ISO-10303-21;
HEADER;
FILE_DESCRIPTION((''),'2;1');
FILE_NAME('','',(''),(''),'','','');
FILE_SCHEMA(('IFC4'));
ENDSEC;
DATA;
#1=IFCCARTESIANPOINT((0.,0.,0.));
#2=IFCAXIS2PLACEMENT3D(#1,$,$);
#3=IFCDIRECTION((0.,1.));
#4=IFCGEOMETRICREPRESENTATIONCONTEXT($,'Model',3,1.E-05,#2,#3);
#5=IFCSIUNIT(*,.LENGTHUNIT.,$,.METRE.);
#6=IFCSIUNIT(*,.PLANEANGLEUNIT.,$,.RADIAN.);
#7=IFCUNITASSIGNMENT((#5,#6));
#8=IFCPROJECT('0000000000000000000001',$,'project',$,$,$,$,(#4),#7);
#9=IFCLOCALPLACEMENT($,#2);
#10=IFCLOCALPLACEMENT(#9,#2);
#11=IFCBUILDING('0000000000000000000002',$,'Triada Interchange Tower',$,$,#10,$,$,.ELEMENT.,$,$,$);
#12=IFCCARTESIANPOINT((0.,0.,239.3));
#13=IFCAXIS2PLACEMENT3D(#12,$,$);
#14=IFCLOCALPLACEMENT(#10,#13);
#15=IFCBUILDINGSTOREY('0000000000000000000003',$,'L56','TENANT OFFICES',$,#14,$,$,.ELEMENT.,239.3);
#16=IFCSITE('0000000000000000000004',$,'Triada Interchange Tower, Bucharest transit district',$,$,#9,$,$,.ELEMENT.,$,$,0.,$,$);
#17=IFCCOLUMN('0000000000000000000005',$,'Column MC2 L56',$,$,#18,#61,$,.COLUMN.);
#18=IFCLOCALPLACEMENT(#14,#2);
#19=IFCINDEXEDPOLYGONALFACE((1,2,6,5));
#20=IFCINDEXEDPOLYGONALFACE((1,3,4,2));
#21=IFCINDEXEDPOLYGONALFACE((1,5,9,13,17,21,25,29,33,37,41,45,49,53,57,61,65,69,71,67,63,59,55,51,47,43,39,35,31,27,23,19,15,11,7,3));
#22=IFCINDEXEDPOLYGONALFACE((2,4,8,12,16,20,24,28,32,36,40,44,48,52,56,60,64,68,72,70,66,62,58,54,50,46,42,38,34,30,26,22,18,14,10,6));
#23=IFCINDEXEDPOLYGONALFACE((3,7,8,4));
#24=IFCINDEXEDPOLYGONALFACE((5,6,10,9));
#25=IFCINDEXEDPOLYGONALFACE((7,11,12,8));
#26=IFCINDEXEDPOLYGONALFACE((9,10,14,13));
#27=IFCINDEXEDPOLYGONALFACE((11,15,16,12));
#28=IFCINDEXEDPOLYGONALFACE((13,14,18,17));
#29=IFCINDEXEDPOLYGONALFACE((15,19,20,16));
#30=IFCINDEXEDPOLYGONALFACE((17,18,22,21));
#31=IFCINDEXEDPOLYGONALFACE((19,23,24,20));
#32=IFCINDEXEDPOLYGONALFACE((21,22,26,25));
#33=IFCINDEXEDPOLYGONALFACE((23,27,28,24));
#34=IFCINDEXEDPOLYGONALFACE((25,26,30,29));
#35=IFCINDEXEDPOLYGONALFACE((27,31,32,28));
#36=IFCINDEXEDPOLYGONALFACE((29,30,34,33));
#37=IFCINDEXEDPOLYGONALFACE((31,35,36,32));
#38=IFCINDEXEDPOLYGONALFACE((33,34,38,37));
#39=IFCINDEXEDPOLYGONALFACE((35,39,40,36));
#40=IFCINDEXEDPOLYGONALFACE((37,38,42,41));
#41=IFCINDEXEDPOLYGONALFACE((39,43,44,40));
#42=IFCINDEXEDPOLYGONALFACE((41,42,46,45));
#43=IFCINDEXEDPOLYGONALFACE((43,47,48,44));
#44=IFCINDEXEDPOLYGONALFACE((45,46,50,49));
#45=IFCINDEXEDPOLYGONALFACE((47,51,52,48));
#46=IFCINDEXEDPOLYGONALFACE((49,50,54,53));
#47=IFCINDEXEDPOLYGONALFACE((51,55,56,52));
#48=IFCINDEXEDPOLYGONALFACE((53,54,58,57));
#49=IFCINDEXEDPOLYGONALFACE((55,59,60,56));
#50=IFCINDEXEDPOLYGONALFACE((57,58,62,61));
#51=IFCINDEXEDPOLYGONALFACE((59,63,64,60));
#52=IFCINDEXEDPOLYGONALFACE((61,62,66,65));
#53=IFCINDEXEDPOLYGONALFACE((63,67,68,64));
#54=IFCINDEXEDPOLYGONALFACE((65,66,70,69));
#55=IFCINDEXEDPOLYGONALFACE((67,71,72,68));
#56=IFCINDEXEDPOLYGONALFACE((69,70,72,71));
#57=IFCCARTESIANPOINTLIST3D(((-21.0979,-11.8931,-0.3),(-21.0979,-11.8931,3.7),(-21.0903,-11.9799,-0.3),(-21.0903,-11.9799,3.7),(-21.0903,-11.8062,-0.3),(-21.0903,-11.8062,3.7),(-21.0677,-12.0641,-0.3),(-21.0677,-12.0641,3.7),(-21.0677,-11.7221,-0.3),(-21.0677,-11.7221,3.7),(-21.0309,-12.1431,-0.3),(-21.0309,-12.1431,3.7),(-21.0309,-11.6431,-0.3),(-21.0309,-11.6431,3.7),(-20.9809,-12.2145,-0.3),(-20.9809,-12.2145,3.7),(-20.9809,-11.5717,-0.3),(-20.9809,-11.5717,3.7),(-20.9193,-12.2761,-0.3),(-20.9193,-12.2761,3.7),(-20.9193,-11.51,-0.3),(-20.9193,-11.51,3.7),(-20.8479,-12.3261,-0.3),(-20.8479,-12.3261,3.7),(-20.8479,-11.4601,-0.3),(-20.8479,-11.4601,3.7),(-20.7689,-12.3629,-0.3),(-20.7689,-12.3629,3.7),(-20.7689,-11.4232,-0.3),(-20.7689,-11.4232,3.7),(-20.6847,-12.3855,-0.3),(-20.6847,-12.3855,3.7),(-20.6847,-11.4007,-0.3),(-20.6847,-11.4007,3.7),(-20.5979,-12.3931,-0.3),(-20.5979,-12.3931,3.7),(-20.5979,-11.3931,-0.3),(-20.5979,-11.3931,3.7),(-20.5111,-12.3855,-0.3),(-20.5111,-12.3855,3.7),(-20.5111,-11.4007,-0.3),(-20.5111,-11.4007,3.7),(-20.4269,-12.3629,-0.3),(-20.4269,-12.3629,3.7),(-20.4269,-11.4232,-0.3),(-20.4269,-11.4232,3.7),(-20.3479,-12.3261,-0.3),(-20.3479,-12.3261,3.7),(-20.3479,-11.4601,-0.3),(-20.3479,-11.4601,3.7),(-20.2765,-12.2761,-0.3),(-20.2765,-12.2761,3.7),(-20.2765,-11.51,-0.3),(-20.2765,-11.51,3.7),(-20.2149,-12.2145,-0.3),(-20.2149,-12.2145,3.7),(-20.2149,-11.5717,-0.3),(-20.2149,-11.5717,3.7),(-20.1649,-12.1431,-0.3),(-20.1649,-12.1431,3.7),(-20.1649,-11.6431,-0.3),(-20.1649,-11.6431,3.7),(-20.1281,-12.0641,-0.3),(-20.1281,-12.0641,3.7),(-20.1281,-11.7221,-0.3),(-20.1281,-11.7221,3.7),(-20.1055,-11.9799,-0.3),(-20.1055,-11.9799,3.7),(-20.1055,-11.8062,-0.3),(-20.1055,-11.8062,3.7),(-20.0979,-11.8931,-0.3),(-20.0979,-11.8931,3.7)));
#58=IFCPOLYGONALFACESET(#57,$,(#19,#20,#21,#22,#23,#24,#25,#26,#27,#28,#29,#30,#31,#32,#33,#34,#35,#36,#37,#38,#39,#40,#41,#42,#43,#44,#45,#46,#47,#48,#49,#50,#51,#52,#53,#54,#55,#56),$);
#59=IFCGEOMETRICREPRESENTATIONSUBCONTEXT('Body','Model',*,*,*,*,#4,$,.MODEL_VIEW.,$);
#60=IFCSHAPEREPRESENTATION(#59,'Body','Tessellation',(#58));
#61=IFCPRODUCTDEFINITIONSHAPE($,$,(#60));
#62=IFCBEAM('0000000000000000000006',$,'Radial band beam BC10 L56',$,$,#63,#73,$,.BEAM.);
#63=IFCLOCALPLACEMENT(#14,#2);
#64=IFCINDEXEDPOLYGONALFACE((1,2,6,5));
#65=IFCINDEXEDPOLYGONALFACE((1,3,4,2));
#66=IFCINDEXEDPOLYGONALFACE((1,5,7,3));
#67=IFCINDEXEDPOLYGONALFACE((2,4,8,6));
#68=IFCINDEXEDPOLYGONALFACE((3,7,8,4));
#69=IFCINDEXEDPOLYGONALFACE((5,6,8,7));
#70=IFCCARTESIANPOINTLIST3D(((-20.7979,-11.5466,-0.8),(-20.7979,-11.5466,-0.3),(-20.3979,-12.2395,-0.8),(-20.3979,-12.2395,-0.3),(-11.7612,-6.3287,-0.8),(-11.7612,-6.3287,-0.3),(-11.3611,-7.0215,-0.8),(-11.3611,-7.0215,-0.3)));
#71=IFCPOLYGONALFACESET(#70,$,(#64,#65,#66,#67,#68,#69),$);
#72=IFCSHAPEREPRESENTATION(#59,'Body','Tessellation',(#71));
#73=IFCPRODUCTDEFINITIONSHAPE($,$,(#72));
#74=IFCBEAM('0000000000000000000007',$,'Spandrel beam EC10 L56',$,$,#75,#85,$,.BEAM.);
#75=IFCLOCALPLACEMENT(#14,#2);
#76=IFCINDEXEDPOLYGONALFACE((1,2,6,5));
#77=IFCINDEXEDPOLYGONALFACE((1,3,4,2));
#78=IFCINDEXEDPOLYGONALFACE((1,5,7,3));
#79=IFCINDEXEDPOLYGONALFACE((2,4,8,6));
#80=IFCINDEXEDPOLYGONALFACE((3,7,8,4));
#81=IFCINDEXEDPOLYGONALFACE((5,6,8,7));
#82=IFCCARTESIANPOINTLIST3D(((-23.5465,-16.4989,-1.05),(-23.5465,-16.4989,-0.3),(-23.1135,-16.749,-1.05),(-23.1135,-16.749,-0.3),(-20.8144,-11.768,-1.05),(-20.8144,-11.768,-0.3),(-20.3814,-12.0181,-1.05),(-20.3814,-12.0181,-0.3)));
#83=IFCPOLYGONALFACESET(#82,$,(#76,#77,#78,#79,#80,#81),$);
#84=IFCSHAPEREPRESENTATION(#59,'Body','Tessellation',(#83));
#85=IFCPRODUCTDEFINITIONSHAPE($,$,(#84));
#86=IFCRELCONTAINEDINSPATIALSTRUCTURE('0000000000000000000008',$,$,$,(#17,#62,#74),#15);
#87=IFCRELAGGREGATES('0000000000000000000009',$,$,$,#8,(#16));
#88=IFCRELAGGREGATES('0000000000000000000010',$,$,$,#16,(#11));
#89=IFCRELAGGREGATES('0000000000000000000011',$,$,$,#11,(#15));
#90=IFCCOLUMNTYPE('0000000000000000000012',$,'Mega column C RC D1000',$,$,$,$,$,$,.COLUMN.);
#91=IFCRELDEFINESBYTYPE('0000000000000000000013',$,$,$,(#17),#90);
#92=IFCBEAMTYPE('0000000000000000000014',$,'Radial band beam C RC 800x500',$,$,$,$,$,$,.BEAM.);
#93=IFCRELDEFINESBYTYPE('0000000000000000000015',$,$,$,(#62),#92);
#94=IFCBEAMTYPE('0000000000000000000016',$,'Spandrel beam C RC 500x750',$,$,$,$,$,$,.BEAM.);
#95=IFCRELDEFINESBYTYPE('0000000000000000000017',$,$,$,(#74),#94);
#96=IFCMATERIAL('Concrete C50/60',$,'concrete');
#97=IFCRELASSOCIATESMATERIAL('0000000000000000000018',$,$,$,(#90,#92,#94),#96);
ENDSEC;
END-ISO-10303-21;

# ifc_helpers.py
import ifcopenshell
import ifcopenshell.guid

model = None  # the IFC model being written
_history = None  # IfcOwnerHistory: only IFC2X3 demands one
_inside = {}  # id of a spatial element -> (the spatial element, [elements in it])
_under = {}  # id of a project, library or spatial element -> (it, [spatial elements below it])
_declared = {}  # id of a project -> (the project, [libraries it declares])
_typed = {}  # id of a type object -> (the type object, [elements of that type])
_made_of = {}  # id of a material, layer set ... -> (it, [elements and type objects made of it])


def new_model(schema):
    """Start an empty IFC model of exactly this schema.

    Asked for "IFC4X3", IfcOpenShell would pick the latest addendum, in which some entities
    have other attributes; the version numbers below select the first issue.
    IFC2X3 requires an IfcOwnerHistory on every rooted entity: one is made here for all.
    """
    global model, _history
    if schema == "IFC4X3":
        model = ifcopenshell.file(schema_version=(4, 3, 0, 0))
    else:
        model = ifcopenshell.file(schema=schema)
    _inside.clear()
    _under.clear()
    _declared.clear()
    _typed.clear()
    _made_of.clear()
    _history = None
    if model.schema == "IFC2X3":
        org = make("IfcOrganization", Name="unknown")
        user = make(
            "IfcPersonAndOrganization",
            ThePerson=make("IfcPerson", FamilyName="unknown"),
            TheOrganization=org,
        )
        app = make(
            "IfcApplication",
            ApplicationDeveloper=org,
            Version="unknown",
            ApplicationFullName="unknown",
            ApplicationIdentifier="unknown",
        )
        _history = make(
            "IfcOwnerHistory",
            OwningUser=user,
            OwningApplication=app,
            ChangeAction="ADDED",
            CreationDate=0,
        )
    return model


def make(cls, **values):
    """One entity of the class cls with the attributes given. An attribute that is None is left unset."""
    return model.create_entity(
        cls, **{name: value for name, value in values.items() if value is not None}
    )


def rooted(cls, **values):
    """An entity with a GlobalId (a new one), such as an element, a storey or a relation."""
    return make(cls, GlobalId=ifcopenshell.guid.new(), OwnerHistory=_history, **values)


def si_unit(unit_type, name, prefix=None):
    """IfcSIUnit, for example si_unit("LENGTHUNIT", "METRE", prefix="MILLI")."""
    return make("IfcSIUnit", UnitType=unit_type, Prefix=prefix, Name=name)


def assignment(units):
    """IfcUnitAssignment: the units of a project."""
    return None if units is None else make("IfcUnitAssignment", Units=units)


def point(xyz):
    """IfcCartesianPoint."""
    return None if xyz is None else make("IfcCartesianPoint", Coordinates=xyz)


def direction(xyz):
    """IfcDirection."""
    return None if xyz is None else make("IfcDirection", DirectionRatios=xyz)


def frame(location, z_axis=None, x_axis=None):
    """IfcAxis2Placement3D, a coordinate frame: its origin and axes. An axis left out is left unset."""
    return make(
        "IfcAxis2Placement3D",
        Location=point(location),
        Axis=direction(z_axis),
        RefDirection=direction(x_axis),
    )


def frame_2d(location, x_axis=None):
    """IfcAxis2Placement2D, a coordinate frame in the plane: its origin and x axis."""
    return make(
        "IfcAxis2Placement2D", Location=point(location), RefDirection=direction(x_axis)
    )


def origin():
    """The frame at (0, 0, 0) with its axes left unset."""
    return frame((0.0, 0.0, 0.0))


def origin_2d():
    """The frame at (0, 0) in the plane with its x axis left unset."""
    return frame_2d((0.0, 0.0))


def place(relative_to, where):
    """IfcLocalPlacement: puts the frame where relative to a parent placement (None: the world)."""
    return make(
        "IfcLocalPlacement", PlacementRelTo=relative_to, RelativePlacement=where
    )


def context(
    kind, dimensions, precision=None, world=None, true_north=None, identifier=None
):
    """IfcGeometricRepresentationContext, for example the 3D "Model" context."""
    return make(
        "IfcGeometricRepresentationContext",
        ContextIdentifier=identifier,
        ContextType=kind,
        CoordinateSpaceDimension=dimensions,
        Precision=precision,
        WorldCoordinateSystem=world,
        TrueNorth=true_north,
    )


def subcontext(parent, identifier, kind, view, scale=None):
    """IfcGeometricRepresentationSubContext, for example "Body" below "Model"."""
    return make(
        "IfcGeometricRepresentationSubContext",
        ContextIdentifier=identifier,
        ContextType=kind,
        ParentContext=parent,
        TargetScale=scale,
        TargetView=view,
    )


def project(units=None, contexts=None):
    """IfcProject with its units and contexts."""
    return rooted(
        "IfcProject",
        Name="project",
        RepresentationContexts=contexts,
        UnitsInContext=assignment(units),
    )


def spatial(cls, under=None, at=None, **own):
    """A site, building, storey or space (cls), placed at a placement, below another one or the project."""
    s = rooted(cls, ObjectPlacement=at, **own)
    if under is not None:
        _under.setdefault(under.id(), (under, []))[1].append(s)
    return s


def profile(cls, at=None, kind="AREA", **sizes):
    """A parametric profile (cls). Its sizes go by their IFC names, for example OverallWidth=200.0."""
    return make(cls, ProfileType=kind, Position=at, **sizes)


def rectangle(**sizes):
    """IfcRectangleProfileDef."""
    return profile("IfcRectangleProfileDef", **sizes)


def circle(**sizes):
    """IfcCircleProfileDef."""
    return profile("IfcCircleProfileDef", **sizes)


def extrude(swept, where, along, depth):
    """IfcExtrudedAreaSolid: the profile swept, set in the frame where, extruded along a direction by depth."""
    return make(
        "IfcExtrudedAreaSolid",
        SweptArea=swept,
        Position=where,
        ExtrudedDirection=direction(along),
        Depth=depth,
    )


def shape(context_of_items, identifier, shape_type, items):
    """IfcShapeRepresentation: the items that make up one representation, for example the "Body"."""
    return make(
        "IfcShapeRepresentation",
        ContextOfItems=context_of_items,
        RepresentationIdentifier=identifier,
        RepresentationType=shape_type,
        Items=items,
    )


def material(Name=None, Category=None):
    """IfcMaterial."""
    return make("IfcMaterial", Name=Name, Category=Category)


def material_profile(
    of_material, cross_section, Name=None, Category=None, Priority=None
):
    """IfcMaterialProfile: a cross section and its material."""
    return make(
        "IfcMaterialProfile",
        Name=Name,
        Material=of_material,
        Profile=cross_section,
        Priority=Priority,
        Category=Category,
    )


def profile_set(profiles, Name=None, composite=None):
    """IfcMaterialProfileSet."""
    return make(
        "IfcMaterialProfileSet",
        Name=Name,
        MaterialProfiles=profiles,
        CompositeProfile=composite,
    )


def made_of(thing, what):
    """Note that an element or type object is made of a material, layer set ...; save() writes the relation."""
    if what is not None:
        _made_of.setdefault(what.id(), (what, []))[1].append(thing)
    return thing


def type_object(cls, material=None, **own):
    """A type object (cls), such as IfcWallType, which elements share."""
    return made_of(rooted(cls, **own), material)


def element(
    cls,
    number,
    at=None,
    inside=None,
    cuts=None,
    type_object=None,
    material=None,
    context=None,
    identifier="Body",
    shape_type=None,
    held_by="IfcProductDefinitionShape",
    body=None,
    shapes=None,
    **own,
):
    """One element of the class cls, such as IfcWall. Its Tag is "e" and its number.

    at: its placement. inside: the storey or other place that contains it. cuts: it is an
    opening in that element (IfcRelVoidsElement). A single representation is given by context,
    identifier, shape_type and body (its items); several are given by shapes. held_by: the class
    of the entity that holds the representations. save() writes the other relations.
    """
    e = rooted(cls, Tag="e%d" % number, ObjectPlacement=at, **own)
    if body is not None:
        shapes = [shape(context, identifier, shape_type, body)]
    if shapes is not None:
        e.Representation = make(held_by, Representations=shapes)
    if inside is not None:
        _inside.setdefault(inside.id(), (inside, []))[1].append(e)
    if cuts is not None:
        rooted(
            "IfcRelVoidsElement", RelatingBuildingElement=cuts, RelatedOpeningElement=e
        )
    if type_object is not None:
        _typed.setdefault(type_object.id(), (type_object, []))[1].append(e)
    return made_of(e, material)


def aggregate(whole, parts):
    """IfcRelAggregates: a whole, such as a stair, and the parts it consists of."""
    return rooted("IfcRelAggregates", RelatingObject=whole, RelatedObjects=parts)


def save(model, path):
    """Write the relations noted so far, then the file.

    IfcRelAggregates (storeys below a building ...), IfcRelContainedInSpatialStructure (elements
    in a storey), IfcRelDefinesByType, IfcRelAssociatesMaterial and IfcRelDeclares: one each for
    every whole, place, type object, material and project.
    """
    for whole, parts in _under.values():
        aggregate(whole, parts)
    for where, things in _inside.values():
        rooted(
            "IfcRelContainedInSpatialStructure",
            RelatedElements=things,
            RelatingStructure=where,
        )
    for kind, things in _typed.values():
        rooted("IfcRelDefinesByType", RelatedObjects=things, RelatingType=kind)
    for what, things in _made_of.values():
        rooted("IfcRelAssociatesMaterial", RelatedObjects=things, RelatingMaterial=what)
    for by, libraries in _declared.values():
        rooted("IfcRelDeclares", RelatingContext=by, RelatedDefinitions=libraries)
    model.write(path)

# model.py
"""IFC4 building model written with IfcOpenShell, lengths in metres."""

from ifc_helpers import new_model, si_unit, direction, frame, origin, origin_2d, place, context, subcontext, project, spatial, rectangle, circle, extrude, material, material_profile, profile_set, type_object, element, save


model = new_model("IFC4")

# Units and contexts
model_context = context("Model", 3, precision=1e-05, world=origin(), true_north=direction((0.0, 1.0)))
body_context = subcontext(model_context, "Body", "Model", "MODEL_VIEW")
ifc_project = project(units=[si_unit("LENGTHUNIT", "METRE"), si_unit("PLANEANGLEUNIT", "RADIAN")], contexts=[model_context])

# Site, building, storey
site_placement = place(None, origin())
site = spatial("IfcSite", under=ifc_project, at=site_placement, Name="Triada Interchange Tower, Bucharest transit district", CompositionType="ELEMENT", RefElevation=0.0)
building_placement = place(site_placement, origin())
building = spatial("IfcBuilding", under=site, at=building_placement, Name="Triada Interchange Tower", CompositionType="ELEMENT")
storey_placement = place(building_placement, frame((0.0, 0.0, 239.3)))
storey = spatial("IfcBuildingStorey", under=building, at=storey_placement, Name="L56", Description="TENANT OFFICES", CompositionType="ELEMENT", Elevation=239.3)

# Column
ifc_material_1 = material(Name="Concrete C50/60", Category="concrete")
ifc_material_profile_1 = material_profile(ifc_material_1, circle(Radius=0.5, at=origin_2d()), Name="RC D1000")
ifc_profile_set_1 = profile_set([ifc_material_profile_1], Name="Concrete C50/60")
column_type = type_object("IfcColumnType", Name="Mega column C RC D1000", PredefinedType="COLUMN", material=ifc_profile_set_1)
column_placement = place(storey_placement, frame((-20.5979, -11.8931, -0.3), z_axis=(0.0, 0.0, 1.0), x_axis=(1.0, 0.0, 0.0)))
element("IfcColumn", 1, at=column_placement, inside=storey, type_object=column_type, Name="Column MC2 L56", PredefinedType="COLUMN", context=body_context, shape_type="SweptSolid", body=[
    extrude(circle(Radius=0.5, at=origin_2d()), origin(), (0.0, 0.0, 1.0), 4.0),
])

# Beams
ifc_material_profile_2 = material_profile(ifc_material_1, rectangle(XDim=0.8, YDim=0.5, at=origin_2d()), Name="RC 800x500")
ifc_profile_set_2 = profile_set([ifc_material_profile_2], Name="Concrete C50/60")
beam_type_1 = type_object("IfcBeamType", Name="Radial band beam C RC 800x500", PredefinedType="BEAM", material=ifc_profile_set_2)
beam_1_placement = place(storey_placement, frame((-20.5979, -11.8931, -0.55), z_axis=(0.866001, 0.500042, 0.0), x_axis=(-0.500042, 0.866001, 0.0)))
element("IfcBeam", 2, at=beam_1_placement, inside=storey, type_object=beam_type_1, Name="Radial band beam BC10 L56", PredefinedType="BEAM", context=body_context, shape_type="SweptSolid", body=[
    extrude(rectangle(XDim=0.8, YDim=0.5, at=origin_2d()), origin(), (0.0, 0.0, 1.0), 10.4351),
])
ifc_material_profile_3 = material_profile(ifc_material_1, rectangle(XDim=0.5, YDim=0.75, at=origin_2d()), Name="RC 500x750")
ifc_profile_set_3 = profile_set([ifc_material_profile_3], Name="Concrete C50/60")
beam_type_2 = type_object("IfcBeamType", Name="Spandrel beam C RC 500x750", PredefinedType="BEAM", material=ifc_profile_set_3)
beam_2_placement = place(storey_placement, frame((-20.5979, -11.8931, -0.675), z_axis=(-0.500104, -0.865965, 0.0), x_axis=(0.865965, -0.500104, 0.0)))
element("IfcBeam", 3, at=beam_2_placement, inside=storey, type_object=beam_type_2, Name="Spandrel beam EC10 L56", PredefinedType="BEAM", context=body_context, shape_type="SweptSolid", body=[
    extrude(rectangle(XDim=0.5, YDim=0.75, at=origin_2d()), origin(), (0.0, 0.0, 1.0), 5.4631),
])

save(model, "model.ifc")
